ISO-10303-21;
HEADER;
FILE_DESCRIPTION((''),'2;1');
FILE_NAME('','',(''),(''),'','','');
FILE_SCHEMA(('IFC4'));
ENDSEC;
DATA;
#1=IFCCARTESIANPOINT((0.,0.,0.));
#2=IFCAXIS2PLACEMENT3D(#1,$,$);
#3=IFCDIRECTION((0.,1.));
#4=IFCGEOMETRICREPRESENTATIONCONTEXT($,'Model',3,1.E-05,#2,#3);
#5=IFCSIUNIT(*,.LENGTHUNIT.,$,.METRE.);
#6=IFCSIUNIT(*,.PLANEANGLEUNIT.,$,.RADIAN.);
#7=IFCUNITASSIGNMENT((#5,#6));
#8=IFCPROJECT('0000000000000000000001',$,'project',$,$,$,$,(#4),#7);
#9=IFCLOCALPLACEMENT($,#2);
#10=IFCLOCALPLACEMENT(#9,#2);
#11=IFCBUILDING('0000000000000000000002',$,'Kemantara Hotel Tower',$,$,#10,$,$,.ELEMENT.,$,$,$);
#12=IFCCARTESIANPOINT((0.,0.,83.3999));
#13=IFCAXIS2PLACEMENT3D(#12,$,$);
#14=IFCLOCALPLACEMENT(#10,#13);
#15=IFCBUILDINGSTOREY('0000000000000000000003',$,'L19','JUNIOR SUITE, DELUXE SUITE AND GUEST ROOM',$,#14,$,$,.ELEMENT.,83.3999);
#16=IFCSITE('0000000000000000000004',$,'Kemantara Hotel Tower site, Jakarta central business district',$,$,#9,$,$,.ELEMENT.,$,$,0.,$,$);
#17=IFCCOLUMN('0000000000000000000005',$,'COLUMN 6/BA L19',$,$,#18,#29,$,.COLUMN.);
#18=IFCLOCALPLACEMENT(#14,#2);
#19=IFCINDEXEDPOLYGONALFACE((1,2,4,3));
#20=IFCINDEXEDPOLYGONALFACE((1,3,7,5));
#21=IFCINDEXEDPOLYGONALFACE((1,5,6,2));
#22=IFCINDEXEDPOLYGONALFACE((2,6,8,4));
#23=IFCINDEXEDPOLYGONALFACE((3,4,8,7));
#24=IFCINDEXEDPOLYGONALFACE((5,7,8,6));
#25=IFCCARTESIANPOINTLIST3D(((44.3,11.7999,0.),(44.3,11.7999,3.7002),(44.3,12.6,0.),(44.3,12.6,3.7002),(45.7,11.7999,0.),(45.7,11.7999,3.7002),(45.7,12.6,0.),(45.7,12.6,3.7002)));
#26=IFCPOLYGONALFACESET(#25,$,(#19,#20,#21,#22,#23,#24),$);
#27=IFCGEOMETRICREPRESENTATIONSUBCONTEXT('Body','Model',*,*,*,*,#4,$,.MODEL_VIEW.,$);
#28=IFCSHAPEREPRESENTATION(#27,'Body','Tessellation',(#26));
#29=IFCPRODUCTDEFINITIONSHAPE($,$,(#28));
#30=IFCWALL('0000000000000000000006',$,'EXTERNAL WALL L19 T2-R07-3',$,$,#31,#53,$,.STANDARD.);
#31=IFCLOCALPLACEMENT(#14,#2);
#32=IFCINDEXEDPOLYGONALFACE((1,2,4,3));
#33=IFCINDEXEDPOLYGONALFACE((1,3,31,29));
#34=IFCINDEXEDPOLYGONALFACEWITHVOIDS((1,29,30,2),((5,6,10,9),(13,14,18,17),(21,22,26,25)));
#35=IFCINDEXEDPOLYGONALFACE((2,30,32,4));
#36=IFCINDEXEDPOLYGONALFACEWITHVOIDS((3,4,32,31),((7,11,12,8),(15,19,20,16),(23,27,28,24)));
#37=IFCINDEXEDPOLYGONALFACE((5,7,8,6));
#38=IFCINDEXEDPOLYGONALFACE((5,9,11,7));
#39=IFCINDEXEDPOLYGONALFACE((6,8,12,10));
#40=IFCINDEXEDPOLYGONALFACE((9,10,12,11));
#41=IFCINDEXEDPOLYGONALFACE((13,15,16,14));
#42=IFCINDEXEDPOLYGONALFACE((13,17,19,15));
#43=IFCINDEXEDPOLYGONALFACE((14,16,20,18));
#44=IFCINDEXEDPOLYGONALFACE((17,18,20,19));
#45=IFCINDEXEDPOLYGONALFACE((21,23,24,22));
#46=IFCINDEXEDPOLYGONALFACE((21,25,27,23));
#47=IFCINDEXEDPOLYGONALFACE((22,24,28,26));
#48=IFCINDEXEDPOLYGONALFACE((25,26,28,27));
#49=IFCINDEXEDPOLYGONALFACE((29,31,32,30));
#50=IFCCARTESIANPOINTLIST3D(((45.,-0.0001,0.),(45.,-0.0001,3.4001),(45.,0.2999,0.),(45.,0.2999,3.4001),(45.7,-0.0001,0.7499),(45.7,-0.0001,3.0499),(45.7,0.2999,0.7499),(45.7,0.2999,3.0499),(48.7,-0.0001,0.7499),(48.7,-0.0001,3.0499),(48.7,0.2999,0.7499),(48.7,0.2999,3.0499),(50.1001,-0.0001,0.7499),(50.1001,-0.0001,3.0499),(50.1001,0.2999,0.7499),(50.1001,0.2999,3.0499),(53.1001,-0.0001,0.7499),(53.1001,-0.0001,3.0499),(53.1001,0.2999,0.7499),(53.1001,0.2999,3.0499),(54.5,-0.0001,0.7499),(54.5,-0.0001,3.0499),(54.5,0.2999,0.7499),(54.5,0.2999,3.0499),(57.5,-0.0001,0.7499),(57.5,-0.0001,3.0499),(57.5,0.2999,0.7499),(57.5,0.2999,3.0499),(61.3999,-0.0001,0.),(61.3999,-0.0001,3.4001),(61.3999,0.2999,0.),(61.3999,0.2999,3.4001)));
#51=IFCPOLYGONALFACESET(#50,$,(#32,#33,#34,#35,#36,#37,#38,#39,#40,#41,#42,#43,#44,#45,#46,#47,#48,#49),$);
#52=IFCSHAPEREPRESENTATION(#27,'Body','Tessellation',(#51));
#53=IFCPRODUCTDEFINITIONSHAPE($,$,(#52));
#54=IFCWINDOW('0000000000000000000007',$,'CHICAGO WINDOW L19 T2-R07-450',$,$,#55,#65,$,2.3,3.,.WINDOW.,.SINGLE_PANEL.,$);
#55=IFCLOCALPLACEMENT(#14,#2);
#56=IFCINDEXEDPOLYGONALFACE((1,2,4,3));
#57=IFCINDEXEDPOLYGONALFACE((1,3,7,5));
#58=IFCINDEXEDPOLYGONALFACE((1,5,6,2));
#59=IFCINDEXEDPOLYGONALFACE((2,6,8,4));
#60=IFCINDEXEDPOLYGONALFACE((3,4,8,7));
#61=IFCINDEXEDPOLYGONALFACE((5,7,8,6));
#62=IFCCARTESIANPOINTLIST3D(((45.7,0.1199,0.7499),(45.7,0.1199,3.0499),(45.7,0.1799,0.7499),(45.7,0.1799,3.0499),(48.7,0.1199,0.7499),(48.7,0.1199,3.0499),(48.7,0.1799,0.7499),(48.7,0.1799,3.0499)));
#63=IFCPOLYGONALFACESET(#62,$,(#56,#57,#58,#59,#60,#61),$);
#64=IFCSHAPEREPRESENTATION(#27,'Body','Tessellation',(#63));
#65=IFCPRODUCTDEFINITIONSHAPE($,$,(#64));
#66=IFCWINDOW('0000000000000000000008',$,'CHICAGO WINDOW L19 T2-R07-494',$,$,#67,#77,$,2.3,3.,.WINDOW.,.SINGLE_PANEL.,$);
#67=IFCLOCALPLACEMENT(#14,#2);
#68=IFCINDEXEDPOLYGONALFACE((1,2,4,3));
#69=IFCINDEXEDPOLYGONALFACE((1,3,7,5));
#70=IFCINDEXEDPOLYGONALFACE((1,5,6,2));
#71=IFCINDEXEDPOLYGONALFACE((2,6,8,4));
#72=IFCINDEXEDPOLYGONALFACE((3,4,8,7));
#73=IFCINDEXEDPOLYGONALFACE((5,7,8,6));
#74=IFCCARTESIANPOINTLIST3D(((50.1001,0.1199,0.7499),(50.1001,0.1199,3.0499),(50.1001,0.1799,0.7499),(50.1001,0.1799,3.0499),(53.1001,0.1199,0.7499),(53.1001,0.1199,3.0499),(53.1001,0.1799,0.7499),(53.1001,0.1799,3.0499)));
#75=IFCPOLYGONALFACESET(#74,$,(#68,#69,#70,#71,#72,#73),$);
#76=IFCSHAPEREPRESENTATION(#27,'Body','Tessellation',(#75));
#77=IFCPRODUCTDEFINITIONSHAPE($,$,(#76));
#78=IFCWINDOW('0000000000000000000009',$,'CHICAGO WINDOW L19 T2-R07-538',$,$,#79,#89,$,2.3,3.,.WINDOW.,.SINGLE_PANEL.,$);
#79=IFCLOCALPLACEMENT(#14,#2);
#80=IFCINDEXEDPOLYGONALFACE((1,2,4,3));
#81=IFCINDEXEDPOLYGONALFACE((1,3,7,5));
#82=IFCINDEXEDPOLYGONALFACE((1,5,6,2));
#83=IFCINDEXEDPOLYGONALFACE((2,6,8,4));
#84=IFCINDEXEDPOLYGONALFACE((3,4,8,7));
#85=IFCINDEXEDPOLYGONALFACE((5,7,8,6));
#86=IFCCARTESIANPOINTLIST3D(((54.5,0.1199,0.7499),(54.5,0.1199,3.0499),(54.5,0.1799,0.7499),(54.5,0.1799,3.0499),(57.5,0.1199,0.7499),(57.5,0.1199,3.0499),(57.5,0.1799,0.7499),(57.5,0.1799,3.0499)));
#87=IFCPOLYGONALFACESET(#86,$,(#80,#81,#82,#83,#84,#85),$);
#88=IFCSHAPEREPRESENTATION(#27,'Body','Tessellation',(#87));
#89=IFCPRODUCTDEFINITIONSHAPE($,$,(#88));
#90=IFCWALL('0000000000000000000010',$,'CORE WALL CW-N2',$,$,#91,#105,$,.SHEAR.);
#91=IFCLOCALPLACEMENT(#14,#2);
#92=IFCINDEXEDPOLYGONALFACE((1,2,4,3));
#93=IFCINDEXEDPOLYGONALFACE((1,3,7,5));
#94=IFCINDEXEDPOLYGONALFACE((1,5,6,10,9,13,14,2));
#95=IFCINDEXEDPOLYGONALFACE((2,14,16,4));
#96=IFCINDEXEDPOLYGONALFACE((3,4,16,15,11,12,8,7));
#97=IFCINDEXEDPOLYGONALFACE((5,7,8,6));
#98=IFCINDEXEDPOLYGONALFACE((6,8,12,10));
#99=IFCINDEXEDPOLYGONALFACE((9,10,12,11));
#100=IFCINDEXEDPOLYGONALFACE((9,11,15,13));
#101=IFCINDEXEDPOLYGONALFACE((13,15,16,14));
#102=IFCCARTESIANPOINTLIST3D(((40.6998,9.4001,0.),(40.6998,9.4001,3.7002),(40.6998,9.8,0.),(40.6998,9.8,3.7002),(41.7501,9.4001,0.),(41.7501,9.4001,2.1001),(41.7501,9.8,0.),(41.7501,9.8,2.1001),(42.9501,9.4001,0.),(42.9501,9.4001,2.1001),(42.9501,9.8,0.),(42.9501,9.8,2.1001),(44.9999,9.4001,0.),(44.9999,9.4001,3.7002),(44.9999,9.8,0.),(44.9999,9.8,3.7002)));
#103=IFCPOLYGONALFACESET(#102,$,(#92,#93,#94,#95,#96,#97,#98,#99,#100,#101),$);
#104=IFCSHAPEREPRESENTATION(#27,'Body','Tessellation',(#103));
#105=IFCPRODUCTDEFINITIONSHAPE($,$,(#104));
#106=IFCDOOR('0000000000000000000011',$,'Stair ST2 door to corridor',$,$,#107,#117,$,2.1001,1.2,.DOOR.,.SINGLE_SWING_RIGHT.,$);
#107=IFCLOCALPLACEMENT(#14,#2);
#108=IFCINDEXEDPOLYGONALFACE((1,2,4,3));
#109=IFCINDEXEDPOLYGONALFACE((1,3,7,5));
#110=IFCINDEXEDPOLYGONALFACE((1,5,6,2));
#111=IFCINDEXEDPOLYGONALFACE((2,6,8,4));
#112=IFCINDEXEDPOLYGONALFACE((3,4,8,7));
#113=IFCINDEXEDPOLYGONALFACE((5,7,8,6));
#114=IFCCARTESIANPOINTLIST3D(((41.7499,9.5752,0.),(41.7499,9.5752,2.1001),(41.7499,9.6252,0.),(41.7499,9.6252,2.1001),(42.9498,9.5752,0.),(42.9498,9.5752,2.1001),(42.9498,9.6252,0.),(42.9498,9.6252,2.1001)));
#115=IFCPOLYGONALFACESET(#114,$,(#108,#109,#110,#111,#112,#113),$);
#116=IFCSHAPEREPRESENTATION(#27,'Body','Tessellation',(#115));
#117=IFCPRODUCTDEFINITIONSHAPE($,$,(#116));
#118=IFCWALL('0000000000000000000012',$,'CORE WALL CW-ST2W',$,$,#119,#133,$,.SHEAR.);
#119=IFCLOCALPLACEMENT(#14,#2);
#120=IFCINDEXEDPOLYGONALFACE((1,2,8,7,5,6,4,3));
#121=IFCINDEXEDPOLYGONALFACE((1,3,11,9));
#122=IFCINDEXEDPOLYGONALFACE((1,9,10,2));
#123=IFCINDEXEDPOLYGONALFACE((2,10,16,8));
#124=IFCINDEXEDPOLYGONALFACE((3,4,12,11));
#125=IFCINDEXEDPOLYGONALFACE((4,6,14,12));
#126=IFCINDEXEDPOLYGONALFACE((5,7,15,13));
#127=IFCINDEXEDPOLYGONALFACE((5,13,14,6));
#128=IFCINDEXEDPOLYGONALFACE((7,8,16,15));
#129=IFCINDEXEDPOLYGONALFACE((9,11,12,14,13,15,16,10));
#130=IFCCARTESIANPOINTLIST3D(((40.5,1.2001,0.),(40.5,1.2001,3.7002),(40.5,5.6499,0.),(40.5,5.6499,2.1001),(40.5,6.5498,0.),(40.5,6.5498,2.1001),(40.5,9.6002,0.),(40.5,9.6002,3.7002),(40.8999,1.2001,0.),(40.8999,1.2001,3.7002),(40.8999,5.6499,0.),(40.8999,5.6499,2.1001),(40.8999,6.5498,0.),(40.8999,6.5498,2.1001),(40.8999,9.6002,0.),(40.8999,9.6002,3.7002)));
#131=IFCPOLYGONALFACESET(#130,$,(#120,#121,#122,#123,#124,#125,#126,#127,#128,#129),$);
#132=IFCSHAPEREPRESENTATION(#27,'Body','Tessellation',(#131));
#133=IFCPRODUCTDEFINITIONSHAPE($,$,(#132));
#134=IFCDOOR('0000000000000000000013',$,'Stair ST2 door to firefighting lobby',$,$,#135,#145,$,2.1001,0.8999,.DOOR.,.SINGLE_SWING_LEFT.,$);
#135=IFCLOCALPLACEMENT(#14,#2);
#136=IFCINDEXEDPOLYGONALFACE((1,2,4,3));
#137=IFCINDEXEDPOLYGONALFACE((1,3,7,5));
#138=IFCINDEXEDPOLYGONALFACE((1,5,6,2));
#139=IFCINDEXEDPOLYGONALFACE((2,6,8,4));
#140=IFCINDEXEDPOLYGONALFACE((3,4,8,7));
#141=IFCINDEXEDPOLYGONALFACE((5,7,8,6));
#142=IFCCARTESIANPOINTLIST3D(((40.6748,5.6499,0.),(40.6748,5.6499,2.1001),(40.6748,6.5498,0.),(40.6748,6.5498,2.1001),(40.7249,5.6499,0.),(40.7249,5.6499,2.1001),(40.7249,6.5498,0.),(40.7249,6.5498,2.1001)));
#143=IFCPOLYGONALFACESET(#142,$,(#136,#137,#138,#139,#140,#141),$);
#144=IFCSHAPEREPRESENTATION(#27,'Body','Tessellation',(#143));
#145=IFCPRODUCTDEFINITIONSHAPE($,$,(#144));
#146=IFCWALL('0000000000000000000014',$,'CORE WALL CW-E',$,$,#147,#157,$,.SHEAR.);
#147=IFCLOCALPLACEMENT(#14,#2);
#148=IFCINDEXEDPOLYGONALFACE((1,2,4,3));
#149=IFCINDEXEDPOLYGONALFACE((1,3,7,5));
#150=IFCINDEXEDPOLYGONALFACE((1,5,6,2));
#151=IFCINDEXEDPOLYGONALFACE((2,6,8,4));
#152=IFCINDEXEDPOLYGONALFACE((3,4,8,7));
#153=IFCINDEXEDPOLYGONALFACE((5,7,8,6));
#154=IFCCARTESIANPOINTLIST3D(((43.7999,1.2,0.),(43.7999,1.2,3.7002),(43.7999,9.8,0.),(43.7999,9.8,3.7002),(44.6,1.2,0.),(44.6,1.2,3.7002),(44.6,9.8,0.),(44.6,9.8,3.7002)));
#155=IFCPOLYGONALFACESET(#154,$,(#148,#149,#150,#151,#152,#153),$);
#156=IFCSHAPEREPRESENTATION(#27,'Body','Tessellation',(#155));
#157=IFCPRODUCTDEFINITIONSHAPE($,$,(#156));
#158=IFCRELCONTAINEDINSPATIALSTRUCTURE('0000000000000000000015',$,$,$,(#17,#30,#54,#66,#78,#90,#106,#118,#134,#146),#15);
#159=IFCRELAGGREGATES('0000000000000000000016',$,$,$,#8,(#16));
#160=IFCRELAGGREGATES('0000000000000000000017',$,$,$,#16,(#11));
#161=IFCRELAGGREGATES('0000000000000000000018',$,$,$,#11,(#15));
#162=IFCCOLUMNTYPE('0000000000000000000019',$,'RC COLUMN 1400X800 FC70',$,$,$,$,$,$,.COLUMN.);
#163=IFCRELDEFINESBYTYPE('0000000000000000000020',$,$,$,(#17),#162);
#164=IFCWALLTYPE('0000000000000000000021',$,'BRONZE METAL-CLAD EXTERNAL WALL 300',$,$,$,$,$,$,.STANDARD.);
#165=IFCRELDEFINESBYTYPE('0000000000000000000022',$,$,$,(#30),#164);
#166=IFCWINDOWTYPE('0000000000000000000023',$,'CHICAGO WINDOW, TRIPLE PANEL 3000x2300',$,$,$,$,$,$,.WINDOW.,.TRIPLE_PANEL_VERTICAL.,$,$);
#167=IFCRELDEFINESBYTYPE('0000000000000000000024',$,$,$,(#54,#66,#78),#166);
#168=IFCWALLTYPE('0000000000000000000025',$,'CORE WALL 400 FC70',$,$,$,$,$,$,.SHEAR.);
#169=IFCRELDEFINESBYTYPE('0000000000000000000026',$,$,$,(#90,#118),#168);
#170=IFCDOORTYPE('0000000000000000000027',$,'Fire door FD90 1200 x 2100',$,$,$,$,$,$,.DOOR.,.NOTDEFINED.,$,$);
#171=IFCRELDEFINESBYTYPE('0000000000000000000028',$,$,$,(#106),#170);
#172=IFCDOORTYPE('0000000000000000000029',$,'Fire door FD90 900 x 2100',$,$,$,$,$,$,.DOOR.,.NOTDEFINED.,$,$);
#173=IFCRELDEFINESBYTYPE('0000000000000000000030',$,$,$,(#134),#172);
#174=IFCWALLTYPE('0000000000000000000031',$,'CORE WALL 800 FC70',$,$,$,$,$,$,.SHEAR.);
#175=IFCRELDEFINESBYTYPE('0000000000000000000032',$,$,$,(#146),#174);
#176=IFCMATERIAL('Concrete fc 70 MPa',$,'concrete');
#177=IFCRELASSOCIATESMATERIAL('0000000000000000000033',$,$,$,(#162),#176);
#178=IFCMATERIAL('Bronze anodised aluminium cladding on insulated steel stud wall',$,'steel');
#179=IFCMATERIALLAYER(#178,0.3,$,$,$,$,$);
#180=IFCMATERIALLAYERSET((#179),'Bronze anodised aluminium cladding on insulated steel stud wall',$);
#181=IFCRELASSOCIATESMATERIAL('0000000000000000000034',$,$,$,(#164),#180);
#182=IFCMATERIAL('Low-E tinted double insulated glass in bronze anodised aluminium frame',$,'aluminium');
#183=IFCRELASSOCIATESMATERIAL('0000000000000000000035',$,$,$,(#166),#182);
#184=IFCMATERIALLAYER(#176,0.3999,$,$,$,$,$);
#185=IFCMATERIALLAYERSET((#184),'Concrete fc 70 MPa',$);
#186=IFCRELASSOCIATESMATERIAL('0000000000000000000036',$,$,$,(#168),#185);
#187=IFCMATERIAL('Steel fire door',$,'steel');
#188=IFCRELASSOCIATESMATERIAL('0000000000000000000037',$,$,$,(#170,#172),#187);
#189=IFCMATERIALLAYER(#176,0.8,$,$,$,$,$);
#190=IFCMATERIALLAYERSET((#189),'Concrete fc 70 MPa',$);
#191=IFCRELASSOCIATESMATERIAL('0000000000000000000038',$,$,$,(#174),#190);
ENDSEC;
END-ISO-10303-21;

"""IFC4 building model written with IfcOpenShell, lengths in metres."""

from ifc_helpers import new_model, si_unit, direction, frame, frame_2d, origin, origin_2d, place, context, subcontext, project, spatial, rectangle, extrude, material, layer, layer_set, material_profile, profile_set, type_object, element, fill, save


model = new_model("IFC4")

# Units and contexts
model_context = context("Model", 3, precision=1e-05, world=origin(), true_north=direction((0.0, 1.0)))
body_context = subcontext(model_context, "Body", "Model", "MODEL_VIEW")
ifc_project = project(units=[si_unit("LENGTHUNIT", "METRE"), si_unit("PLANEANGLEUNIT", "RADIAN")], contexts=[model_context])

# Site, building, storey
site_placement = place(None, origin())
site = spatial("IfcSite", under=ifc_project, at=site_placement, Name="Kemantara Hotel Tower site, Jakarta central business district", CompositionType="ELEMENT", RefElevation=0.0)
building_placement = place(site_placement, origin())
building = spatial("IfcBuilding", under=site, at=building_placement, Name="Kemantara Hotel Tower", CompositionType="ELEMENT")
storey_placement = place(building_placement, frame((0.0, 0.0, 83.3999)))
storey = spatial("IfcBuildingStorey", under=building, at=storey_placement, Name="L19", Description="JUNIOR SUITE, DELUXE SUITE AND GUEST ROOM", CompositionType="ELEMENT", Elevation=83.3999)

# Column
ifc_material_1 = material(Name="Concrete fc 70 MPa", Category="concrete")
ifc_material_profile = material_profile(ifc_material_1, rectangle(XDim=1.3999, YDim=0.8, at=origin_2d()), Name="RC 1400X800")
ifc_profile_set = profile_set([ifc_material_profile], Name="Concrete fc 70 MPa")
column_type = type_object("IfcColumnType", Name="RC COLUMN 1400X800 FC70", PredefinedType="COLUMN", material=ifc_profile_set)
column_placement = place(storey_placement, frame((45.0, 12.2, 0.0), z_axis=(0.0, 0.0, 1.0), x_axis=(1.0, 0.0, 0.0)))
element("IfcColumn", 1, at=column_placement, inside=storey, type_object=column_type, Name="COLUMN 6/BA L19", PredefinedType="COLUMN", context=body_context, shape_type="SweptSolid", body=[
    extrude(rectangle(XDim=1.3999, YDim=0.8, at=origin_2d()), origin(), (0.0, 0.0, 1.0), 3.7002),
])

# Wall, openings, windows
ifc_material_2 = material(Name="Bronze anodised aluminium cladding on insulated steel stud wall", Category="steel")
ifc_layer_1 = layer(ifc_material_2, 0.3)
ifc_layer_set_1 = layer_set([ifc_layer_1], Name="Bronze anodised aluminium cladding on insulated steel stud wall")
wall_type_1 = type_object("IfcWallType", Name="BRONZE METAL-CLAD EXTERNAL WALL 300", PredefinedType="STANDARD", material=ifc_layer_set_1)
wall_1_placement = place(storey_placement, frame((45.0, 0.1499, 0.0), z_axis=(0.0, 0.0, 1.0), x_axis=(1.0, 0.0, 0.0)))
wall_1 = element("IfcWall", 2, at=wall_1_placement, inside=storey, type_object=wall_type_1, Name="EXTERNAL WALL L19 T2-R07-3", PredefinedType="STANDARD", context=body_context, shape_type="SweptSolid", body=[
    extrude(rectangle(XDim=16.3999, YDim=0.3, at=frame_2d((8.2, 0.0))), origin(), (0.0, 0.0, 1.0), 3.4001),
])
opening_1_placement = place(wall_1_placement, frame((0.7, 0.0, 0.75)))
opening_1 = element("IfcOpeningElement", 3, at=opening_1_placement, cuts=wall_1, PredefinedType="OPENING", context=body_context, shape_type="SweptSolid", body=[
    extrude(rectangle(XDim=3.0, YDim=2.3, at=frame_2d((1.5, 1.1499))), frame((0.0, 0.1599, 0.0), z_axis=(0.0, -1.0, 0.0), x_axis=(1.0, 0.0, 0.0)), (0.0, 0.0, 1.0), 0.3201),
])
opening_2_placement = place(wall_1_placement, frame((5.1001, 0.0, 0.75)))
opening_2 = element("IfcOpeningElement", 4, at=opening_2_placement, cuts=wall_1, PredefinedType="OPENING", context=body_context, shape_type="SweptSolid", body=[
    extrude(rectangle(XDim=3.0, YDim=2.3, at=frame_2d((1.5, 1.1499))), frame((0.0, 0.1599, 0.0), z_axis=(0.0, -1.0, 0.0), x_axis=(1.0, 0.0, 0.0)), (0.0, 0.0, 1.0), 0.3201),
])
opening_3_placement = place(wall_1_placement, frame((9.5, 0.0, 0.75)))
opening_3 = element("IfcOpeningElement", 5, at=opening_3_placement, cuts=wall_1, PredefinedType="OPENING", context=body_context, shape_type="SweptSolid", body=[
    extrude(rectangle(XDim=3.0, YDim=2.3, at=frame_2d((1.5, 1.1499))), frame((0.0, 0.1599, 0.0), z_axis=(0.0, -1.0, 0.0), x_axis=(1.0, 0.0, 0.0)), (0.0, 0.0, 1.0), 0.3201),
])
ifc_material_3 = material(Name="Low-E tinted double insulated glass in bronze anodised aluminium frame", Category="aluminium")
window_type = type_object("IfcWindowType", Name="CHICAGO WINDOW, TRIPLE PANEL 3000x2300", PartitioningType="TRIPLE_PANEL_VERTICAL", PredefinedType="WINDOW", material=ifc_material_3)
window_1_placement = place(opening_1_placement, origin())
window_1 = element("IfcWindow", 6, at=window_1_placement, inside=storey, type_object=window_type, Name="CHICAGO WINDOW L19 T2-R07-450", OverallHeight=2.3, OverallWidth=3.0, PartitioningType="SINGLE_PANEL", PredefinedType="WINDOW", context=body_context, shape_type="SweptSolid", body=[
    extrude(rectangle(XDim=3.0, YDim=2.3, at=frame_2d((1.5, 1.1499))), frame((0.0, 0.03, 0.0), z_axis=(0.0, -1.0, 0.0), x_axis=(1.0, 0.0, 0.0)), (0.0, 0.0, 1.0), 0.0601),
])
fill(opening_1, window_1)
window_2_placement = place(opening_2_placement, origin())
window_2 = element("IfcWindow", 7, at=window_2_placement, inside=storey, type_object=window_type, Name="CHICAGO WINDOW L19 T2-R07-494", OverallHeight=2.3, OverallWidth=3.0, PartitioningType="SINGLE_PANEL", PredefinedType="WINDOW", context=body_context, shape_type="SweptSolid", body=[
    extrude(rectangle(XDim=3.0, YDim=2.3, at=frame_2d((1.5, 1.1499))), frame((0.0, 0.03, 0.0), z_axis=(0.0, -1.0, 0.0), x_axis=(1.0, 0.0, 0.0)), (0.0, 0.0, 1.0), 0.0601),
])
fill(opening_2, window_2)
window_3_placement = place(opening_3_placement, origin())
window_3 = element("IfcWindow", 8, at=window_3_placement, inside=storey, type_object=window_type, Name="CHICAGO WINDOW L19 T2-R07-538", OverallHeight=2.3, OverallWidth=3.0, PartitioningType="SINGLE_PANEL", PredefinedType="WINDOW", context=body_context, shape_type="SweptSolid", body=[
    extrude(rectangle(XDim=3.0, YDim=2.3, at=frame_2d((1.5, 1.1499))), frame((0.0, 0.03, 0.0), z_axis=(0.0, -1.0, 0.0), x_axis=(1.0, 0.0, 0.0)), (0.0, 0.0, 1.0), 0.0601),
])
fill(opening_3, window_3)

# Walls, openings, doors
ifc_layer_2 = layer(ifc_material_1, 0.3999)
ifc_layer_set_2 = layer_set([ifc_layer_2], Name="Concrete fc 70 MPa")
wall_type_2 = type_object("IfcWallType", Name="CORE WALL 400 FC70", PredefinedType="SHEAR", material=ifc_layer_set_2)
wall_2_placement = place(storey_placement, frame((40.7, 9.6001, 0.0), z_axis=(0.0, 0.0, 1.0), x_axis=(1.0, 0.0, 0.0)))
wall_2 = element("IfcWall", 9, at=wall_2_placement, inside=storey, type_object=wall_type_2, Name="CORE WALL CW-N2", PredefinedType="SHEAR", context=body_context, shape_type="SweptSolid", body=[
    extrude(rectangle(XDim=4.3, YDim=0.3999, at=frame_2d((2.1499, 0.0))), origin(), (0.0, 0.0, 1.0), 3.7002),
])
opening_4_placement = place(wall_2_placement, frame((1.05, 0.0, 0.0)))
opening_4 = element("IfcOpeningElement", 10, at=opening_4_placement, cuts=wall_2, PredefinedType="OPENING", context=body_context, shape_type="SweptSolid", body=[
    extrude(rectangle(XDim=1.2, YDim=2.1001, at=frame_2d((0.6001, 1.05))), frame((0.0, 0.21, 0.0), z_axis=(0.0, -1.0, 0.0), x_axis=(1.0, 0.0, 0.0)), (0.0, 0.0, 1.0), 0.4199),
])
ifc_material_4 = material(Name="Steel fire door", Category="steel")
door_type_1 = type_object("IfcDoorType", Name="Fire door FD90 1200 x 2100", OperationType="NOTDEFINED", PredefinedType="DOOR", material=ifc_material_4)
door_1_placement = place(opening_4_placement, frame((1.2, 0.0, 0.0), z_axis=(0.0, 0.0, 1.0), x_axis=(-1.0, 0.0, 0.0)))
door_1 = element("IfcDoor", 11, at=door_1_placement, inside=storey, type_object=door_type_1, Name="Stair ST2 door to corridor", OperationType="SINGLE_SWING_RIGHT", OverallHeight=2.1001, OverallWidth=1.2, PredefinedType="DOOR", context=body_context, shape_type="SweptSolid", body=[
    extrude(rectangle(XDim=1.2, YDim=2.1001, at=frame_2d((0.6001, 1.05))), frame((0.0, 0.0249, 0.0), z_axis=(0.0, -1.0, 0.0), x_axis=(1.0, 0.0, 0.0)), (0.0, 0.0, 1.0), 0.05),
])
fill(opening_4, door_1)
wall_3_placement = place(storey_placement, frame((40.7, 1.2, 0.0), z_axis=(0.0, 0.0, 1.0), x_axis=(0.0, 1.0, 0.0)))
wall_3 = element("IfcWall", 12, at=wall_3_placement, inside=storey, type_object=wall_type_2, Name="CORE WALL CW-ST2W", PredefinedType="SHEAR", context=body_context, shape_type="SweptSolid", body=[
    extrude(rectangle(XDim=8.4001, YDim=0.3999, at=frame_2d((4.2002, 0.0))), origin(), (0.0, 0.0, 1.0), 3.7002),
])
opening_5_placement = place(wall_3_placement, frame((4.45, 0.0, 0.0)))
opening_5 = element("IfcOpeningElement", 13, at=opening_5_placement, cuts=wall_3, PredefinedType="OPENING", context=body_context, shape_type="SweptSolid", body=[
    extrude(rectangle(XDim=0.8999, YDim=2.1001, at=frame_2d((0.45, 1.05))), frame((0.0, 0.21, 0.0), z_axis=(0.0, -1.0, 0.0), x_axis=(1.0, 0.0, 0.0)), (0.0, 0.0, 1.0), 0.4199),
])
door_type_2 = type_object("IfcDoorType", Name="Fire door FD90 900 x 2100", OperationType="NOTDEFINED", PredefinedType="DOOR", material=ifc_material_4)
door_2_placement = place(opening_5_placement, frame((0.8999, 0.0, 0.0), z_axis=(0.0, 0.0, 1.0), x_axis=(-1.0, 0.0, 0.0)))
door_2 = element("IfcDoor", 14, at=door_2_placement, inside=storey, type_object=door_type_2, Name="Stair ST2 door to firefighting lobby", OperationType="SINGLE_SWING_LEFT", OverallHeight=2.1001, OverallWidth=0.8999, PredefinedType="DOOR", context=body_context, shape_type="SweptSolid", body=[
    extrude(rectangle(XDim=0.8999, YDim=2.1001, at=frame_2d((0.45, 1.05))), frame((0.0, 0.0249, 0.0), z_axis=(0.0, -1.0, 0.0), x_axis=(1.0, 0.0, 0.0)), (0.0, 0.0, 1.0), 0.05),
])
fill(opening_5, door_2)

# Wall
ifc_layer_3 = layer(ifc_material_1, 0.8)
ifc_layer_set_3 = layer_set([ifc_layer_3], Name="Concrete fc 70 MPa")
wall_type_3 = type_object("IfcWallType", Name="CORE WALL 800 FC70", PredefinedType="SHEAR", material=ifc_layer_set_3)
wall_4_placement = place(storey_placement, frame((44.2, 1.2, 0.0), z_axis=(0.0, 0.0, 1.0), x_axis=(0.0, 1.0, 0.0)))
element("IfcWall", 15, at=wall_4_placement, inside=storey, type_object=wall_type_3, Name="CORE WALL CW-E", PredefinedType="SHEAR", context=body_context, shape_type="SweptSolid", body=[
    extrude(rectangle(XDim=8.6001, YDim=0.8, at=frame_2d((4.3, 0.0))), origin(), (0.0, 0.0, 1.0), 3.7002),
])

save(model, "model.ifc")
